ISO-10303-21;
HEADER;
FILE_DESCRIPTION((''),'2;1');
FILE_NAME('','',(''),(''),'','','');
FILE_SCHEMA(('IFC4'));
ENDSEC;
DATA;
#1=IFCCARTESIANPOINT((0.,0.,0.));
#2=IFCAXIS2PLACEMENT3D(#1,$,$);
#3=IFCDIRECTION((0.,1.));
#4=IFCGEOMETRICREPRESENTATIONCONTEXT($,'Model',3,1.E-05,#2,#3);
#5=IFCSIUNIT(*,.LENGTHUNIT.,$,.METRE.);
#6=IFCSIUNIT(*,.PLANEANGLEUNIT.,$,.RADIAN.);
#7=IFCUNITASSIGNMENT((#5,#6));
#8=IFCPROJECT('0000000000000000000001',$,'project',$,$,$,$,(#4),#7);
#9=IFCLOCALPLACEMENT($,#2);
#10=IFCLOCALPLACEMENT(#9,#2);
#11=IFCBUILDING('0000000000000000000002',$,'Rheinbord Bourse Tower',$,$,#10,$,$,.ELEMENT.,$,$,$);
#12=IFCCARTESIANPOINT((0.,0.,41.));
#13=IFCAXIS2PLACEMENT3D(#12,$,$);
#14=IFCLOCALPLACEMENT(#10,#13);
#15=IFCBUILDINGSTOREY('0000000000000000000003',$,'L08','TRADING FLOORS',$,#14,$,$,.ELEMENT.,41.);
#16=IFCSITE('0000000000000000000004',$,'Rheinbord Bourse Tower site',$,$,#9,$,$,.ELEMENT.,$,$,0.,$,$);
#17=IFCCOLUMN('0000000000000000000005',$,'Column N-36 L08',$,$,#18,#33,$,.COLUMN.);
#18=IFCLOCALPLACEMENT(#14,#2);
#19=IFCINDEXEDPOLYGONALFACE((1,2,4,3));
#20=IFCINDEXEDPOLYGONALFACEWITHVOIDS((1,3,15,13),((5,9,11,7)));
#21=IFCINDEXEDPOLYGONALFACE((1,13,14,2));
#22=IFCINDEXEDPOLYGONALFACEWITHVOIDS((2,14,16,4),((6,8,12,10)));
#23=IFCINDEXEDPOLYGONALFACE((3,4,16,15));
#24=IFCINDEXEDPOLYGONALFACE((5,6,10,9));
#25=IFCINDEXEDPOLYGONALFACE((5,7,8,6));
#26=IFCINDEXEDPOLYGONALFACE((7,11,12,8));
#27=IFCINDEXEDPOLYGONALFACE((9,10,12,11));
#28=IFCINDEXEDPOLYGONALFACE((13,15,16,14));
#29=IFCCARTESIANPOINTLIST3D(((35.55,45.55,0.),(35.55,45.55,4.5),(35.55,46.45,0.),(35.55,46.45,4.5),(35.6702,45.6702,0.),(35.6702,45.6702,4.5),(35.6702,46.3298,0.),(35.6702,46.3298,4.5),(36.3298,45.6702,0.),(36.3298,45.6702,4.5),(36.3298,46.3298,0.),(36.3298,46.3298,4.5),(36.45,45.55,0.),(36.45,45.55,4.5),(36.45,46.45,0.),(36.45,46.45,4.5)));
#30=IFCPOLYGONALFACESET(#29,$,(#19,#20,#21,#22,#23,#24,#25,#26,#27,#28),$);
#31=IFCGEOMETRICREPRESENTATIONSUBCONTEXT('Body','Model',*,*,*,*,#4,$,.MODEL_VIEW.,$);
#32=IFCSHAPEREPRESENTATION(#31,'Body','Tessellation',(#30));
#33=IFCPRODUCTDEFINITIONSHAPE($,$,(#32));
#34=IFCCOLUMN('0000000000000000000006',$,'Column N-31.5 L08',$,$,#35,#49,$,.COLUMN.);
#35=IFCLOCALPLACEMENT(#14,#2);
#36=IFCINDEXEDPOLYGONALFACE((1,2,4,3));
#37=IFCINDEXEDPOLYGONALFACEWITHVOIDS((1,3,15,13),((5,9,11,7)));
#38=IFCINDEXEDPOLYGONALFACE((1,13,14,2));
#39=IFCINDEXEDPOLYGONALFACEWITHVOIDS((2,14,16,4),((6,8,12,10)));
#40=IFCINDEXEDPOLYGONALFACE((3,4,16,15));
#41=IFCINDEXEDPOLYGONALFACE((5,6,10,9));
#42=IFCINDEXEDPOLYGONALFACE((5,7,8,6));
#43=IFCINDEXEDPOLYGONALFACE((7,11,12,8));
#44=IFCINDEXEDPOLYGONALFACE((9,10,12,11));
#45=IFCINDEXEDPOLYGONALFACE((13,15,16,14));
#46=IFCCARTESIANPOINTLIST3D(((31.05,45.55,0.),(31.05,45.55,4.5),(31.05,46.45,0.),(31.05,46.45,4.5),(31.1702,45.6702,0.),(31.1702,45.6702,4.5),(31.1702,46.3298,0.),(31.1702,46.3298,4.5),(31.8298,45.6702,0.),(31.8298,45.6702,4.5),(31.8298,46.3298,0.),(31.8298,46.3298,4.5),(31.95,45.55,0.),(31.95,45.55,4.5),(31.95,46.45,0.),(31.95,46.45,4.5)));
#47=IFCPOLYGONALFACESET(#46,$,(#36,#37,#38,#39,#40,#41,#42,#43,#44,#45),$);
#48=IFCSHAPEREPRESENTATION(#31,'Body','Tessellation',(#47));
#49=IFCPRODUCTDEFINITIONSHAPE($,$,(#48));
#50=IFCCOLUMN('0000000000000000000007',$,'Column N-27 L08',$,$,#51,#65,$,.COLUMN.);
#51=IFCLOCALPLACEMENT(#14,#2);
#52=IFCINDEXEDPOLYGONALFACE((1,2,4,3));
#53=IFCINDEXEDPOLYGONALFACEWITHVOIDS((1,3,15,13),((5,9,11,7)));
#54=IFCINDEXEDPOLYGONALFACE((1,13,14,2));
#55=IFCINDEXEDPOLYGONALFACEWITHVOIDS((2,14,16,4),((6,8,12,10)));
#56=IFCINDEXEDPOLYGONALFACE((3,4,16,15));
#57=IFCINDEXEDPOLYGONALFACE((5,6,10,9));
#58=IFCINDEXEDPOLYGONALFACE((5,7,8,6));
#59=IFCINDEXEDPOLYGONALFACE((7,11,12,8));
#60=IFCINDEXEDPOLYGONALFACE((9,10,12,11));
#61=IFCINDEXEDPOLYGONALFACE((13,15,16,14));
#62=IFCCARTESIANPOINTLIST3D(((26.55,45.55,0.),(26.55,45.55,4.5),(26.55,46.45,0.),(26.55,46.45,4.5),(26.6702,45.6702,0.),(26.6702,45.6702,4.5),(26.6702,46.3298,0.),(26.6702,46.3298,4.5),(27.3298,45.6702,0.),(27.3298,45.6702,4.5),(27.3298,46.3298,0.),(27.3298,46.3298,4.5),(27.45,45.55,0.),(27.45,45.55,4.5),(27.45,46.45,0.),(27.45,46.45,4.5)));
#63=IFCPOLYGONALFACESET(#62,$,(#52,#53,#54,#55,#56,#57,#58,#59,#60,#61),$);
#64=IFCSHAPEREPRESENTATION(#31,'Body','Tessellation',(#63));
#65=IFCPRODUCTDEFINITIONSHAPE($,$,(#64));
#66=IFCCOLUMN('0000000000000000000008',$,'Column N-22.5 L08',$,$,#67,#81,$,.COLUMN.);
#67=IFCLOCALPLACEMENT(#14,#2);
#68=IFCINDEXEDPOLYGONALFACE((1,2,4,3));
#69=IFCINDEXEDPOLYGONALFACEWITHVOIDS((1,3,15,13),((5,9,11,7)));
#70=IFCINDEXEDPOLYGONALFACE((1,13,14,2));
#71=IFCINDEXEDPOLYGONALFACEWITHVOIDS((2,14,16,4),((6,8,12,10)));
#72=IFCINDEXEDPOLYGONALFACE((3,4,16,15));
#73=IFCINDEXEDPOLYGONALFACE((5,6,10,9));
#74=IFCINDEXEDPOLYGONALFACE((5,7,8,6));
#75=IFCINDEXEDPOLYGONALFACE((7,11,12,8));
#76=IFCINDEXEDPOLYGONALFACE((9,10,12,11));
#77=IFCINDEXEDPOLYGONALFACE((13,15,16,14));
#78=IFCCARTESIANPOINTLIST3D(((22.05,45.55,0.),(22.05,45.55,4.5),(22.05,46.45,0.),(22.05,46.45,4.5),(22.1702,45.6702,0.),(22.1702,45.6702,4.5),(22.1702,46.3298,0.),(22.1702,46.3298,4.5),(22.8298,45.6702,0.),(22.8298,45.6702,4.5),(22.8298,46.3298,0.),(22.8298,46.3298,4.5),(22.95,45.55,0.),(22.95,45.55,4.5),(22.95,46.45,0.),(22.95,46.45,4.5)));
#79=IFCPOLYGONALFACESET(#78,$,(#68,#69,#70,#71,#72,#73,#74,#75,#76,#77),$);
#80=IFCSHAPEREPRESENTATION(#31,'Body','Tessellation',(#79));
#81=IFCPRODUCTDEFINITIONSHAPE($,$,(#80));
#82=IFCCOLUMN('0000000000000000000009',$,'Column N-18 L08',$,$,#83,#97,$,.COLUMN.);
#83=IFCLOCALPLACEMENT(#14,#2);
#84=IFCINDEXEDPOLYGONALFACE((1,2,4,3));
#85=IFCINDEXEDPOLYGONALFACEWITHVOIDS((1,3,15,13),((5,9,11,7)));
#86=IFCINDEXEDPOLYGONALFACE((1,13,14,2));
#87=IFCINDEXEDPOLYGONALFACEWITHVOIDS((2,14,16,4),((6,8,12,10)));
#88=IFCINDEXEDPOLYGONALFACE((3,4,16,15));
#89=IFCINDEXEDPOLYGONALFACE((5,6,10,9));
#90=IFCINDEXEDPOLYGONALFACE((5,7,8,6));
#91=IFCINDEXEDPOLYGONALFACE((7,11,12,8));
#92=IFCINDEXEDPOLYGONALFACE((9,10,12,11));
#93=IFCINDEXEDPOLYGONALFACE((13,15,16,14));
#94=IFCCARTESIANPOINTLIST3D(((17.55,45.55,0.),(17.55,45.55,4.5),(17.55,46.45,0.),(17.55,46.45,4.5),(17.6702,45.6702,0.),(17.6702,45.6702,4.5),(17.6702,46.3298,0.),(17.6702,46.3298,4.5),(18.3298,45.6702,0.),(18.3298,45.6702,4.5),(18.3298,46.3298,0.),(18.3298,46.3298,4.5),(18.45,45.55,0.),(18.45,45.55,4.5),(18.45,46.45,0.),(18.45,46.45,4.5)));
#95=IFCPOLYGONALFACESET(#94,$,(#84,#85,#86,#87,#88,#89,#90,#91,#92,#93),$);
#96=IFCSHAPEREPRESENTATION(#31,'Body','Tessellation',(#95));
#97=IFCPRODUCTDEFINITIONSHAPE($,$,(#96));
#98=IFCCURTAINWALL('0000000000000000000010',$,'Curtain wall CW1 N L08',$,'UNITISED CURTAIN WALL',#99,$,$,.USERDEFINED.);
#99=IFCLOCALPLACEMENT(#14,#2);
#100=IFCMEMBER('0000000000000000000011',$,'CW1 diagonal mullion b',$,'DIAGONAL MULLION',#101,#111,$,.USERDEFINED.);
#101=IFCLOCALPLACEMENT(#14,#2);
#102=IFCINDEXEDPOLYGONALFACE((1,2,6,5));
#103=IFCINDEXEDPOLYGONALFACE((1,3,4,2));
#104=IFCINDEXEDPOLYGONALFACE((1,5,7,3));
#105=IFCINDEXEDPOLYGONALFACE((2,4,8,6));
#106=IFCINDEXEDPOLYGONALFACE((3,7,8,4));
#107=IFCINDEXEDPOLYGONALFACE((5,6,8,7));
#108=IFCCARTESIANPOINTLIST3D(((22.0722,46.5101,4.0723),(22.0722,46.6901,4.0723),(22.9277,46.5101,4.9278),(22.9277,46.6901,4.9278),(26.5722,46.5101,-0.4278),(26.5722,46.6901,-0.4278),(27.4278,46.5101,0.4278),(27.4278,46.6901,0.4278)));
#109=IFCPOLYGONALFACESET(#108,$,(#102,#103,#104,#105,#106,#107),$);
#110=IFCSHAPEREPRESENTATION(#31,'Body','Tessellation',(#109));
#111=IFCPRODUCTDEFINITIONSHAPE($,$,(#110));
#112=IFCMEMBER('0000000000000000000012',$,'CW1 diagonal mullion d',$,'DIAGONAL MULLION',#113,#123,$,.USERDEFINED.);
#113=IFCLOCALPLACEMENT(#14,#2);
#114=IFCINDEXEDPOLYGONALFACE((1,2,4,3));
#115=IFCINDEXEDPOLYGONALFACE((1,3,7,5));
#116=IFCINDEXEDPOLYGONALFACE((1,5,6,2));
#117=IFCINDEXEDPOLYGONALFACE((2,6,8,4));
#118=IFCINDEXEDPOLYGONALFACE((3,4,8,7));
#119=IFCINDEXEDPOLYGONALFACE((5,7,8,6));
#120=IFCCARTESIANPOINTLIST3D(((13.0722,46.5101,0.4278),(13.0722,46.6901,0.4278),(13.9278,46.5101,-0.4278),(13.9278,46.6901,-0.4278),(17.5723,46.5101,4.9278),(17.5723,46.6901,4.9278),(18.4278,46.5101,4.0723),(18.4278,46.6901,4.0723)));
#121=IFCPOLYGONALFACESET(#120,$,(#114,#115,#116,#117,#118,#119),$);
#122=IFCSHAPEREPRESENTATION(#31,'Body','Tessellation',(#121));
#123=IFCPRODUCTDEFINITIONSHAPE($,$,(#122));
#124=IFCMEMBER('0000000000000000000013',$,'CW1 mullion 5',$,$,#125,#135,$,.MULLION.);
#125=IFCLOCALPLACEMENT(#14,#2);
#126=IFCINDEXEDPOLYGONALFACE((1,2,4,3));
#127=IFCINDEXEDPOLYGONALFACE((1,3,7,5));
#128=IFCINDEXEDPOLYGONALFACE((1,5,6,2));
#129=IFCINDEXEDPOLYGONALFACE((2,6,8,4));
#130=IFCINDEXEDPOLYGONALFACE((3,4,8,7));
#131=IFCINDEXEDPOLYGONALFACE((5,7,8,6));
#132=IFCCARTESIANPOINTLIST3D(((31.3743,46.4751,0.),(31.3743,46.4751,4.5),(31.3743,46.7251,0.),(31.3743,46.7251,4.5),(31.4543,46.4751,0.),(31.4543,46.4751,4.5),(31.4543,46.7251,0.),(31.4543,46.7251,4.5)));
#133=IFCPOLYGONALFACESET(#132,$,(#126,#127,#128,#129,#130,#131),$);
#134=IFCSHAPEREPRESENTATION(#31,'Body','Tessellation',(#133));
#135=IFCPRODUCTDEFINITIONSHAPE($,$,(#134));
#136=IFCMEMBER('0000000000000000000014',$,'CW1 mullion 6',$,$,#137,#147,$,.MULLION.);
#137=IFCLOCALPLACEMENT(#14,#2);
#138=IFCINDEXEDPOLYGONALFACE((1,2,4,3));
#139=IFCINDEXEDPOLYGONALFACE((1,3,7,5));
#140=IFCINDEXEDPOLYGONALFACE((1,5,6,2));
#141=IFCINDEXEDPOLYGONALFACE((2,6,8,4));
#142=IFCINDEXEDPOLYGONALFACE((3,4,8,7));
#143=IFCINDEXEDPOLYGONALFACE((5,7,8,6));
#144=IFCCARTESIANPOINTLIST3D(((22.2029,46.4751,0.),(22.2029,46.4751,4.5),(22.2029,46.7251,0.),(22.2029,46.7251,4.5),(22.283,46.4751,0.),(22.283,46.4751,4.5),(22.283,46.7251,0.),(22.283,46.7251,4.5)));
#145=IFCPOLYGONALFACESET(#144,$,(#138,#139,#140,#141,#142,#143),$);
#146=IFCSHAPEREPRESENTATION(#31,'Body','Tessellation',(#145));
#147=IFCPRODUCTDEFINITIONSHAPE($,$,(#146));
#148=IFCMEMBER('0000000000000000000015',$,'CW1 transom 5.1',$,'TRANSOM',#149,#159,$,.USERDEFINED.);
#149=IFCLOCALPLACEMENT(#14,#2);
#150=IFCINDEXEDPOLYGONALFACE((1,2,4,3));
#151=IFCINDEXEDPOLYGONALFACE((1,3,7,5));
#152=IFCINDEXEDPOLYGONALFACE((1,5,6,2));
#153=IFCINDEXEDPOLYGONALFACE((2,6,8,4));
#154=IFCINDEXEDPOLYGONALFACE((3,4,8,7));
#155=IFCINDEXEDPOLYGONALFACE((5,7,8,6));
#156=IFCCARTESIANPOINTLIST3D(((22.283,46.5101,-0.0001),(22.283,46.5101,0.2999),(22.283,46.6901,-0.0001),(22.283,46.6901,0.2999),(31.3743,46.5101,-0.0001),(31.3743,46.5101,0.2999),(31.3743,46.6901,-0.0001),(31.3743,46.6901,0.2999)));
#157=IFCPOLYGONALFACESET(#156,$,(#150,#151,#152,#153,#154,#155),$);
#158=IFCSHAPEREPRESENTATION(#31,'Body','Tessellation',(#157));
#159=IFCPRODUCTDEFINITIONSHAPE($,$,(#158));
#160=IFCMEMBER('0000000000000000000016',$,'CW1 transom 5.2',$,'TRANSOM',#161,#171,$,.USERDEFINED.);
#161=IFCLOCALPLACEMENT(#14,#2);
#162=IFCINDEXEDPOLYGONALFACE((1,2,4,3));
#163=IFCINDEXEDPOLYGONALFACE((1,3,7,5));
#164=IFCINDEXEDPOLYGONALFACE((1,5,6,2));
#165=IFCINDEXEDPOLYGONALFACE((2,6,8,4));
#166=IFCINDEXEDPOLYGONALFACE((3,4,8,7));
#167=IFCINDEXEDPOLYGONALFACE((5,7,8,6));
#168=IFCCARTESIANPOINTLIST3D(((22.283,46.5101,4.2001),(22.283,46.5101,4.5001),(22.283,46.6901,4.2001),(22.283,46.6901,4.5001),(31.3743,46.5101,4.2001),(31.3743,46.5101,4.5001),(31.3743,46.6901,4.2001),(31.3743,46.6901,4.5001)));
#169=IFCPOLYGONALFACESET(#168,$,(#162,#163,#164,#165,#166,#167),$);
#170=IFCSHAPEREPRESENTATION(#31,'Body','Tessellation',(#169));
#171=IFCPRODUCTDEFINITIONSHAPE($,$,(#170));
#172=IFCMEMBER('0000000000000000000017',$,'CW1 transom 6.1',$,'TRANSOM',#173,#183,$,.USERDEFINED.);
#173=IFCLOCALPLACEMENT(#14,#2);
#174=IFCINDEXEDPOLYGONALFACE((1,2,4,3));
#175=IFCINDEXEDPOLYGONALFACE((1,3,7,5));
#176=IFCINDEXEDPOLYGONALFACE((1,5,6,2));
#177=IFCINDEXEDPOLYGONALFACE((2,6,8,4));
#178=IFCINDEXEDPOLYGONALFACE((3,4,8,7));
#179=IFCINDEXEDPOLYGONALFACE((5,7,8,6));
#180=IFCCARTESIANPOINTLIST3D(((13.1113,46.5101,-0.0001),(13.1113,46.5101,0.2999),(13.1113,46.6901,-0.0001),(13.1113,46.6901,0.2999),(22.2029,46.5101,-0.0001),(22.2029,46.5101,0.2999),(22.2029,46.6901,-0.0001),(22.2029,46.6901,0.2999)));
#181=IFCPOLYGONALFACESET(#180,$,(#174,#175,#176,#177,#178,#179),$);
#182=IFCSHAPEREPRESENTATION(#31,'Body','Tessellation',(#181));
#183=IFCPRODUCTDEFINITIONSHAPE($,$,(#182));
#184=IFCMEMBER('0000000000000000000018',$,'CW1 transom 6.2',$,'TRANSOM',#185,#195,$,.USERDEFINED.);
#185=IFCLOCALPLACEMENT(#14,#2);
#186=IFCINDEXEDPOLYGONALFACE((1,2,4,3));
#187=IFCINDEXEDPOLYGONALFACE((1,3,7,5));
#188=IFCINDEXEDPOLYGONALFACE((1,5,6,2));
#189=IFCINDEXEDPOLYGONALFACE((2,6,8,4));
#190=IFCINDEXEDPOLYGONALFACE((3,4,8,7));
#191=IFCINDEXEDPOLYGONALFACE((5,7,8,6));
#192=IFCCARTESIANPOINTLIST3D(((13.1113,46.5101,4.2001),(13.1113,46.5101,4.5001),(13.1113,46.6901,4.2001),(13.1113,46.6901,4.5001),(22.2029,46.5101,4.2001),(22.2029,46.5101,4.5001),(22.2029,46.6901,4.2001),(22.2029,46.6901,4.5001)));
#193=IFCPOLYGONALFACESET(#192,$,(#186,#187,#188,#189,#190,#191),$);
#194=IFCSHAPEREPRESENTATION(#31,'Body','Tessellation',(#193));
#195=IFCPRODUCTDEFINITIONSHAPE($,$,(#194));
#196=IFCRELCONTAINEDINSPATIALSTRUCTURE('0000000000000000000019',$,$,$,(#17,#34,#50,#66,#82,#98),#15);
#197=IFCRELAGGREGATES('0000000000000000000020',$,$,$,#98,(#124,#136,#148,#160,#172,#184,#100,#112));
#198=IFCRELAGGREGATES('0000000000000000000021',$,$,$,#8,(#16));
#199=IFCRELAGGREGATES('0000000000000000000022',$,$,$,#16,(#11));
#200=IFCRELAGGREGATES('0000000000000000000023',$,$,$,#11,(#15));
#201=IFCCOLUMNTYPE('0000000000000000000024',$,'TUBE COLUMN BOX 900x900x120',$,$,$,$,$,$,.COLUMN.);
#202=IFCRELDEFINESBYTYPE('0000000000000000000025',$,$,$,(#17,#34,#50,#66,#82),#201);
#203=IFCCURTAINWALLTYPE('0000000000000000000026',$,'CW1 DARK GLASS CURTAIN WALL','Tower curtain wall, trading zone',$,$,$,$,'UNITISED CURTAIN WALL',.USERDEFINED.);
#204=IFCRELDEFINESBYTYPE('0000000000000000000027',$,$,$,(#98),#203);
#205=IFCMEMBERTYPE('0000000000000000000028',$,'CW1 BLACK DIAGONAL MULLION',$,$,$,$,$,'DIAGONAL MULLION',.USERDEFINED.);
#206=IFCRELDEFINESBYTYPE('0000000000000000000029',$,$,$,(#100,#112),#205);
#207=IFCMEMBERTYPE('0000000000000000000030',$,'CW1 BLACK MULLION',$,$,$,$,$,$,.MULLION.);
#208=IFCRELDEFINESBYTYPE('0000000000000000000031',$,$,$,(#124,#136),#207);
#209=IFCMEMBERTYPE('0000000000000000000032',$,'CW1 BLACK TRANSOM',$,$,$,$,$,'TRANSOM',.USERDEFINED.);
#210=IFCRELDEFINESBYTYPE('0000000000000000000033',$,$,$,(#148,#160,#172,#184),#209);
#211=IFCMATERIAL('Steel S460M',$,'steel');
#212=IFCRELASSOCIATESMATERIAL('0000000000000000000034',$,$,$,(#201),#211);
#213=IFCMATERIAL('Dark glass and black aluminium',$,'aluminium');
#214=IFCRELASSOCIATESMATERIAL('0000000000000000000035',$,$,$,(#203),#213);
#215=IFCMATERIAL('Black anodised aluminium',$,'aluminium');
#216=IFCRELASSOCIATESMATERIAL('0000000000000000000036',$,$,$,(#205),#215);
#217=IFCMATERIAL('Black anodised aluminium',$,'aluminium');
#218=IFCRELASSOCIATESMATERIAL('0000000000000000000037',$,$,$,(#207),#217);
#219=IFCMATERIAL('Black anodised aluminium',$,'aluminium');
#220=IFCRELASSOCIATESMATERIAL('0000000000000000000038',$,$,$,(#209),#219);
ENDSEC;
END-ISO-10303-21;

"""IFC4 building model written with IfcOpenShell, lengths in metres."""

from ifc_helpers import new_model, si_unit, direction, frame, origin, origin_2d, place, context, subcontext, project, spatial, rectangle, hollow_rectangle, extrude, material, material_profile, profile_set, type_object, element, aggregate, save


model = new_model("IFC4")

# Units and contexts
model_context = context("Model", 3, precision=1e-05, world=origin(), true_north=direction((0.0, 1.0)))
body_context = subcontext(model_context, "Body", "Model", "MODEL_VIEW")
ifc_project = project(units=[si_unit("LENGTHUNIT", "METRE"), si_unit("PLANEANGLEUNIT", "RADIAN")], contexts=[model_context])

# Site, building, storey
site_placement = place(None, origin())
site = spatial("IfcSite", under=ifc_project, at=site_placement, Name="Rheinbord Bourse Tower site", CompositionType="ELEMENT", RefElevation=0.0)
building_placement = place(site_placement, origin())
building = spatial("IfcBuilding", under=site, at=building_placement, Name="Rheinbord Bourse Tower", CompositionType="ELEMENT")
storey_placement = place(building_placement, frame((0.0, 0.0, 41.0)))
storey = spatial("IfcBuildingStorey", under=building, at=storey_placement, Name="L08", Description="TRADING FLOORS", CompositionType="ELEMENT", Elevation=41.0)

# Columns
ifc_material_1 = material(Name="Steel S460M", Category="steel")
ifc_material_profile_1 = material_profile(ifc_material_1, hollow_rectangle(XDim=0.8999, YDim=0.8999, WallThickness=0.1201, at=origin_2d()), Name="BOX 900x900x120")
ifc_profile_set_1 = profile_set([ifc_material_profile_1], Name="Steel S460M")
column_type = type_object("IfcColumnType", Name="TUBE COLUMN BOX 900x900x120", PredefinedType="COLUMN", material=ifc_profile_set_1)
for number, where, z_axis, x_axis, name in (
    (1, (36.0, 46.0, 0.0), (0.0, 0.0, 1.0), (0.0, 1.0, 0.0), "Column N-36 L08"),
    (2, (31.5, 46.0, 0.0), (0.0, 0.0, 1.0), (0.0, 1.0, 0.0), "Column N-31.5 L08"),
    (3, (27.0, 46.0, 0.0), (0.0, 0.0, 1.0), (0.0, 1.0, 0.0), "Column N-27 L08"),
    (4, (22.5, 46.0, 0.0), (0.0, 0.0, 1.0), (0.0, 1.0, 0.0), "Column N-22.5 L08"),
    (5, (18.0, 46.0, 0.0), (0.0, 0.0, 1.0), (0.0, 1.0, 0.0), "Column N-18 L08"),
):
    element("IfcColumn", number, at=place(storey_placement, frame(where, z_axis=z_axis, x_axis=x_axis)), inside=storey, type_object=column_type, Name=name, PredefinedType="COLUMN", context=body_context, shape_type="SweptSolid", body=[
        extrude(hollow_rectangle(XDim=0.8999, YDim=0.8999, WallThickness=0.1201, at=origin_2d()), origin(), (0.0, 0.0, 1.0), 4.5),
    ])

# Curtain wall, members
ifc_material_2 = material(Name="Dark glass and black aluminium", Category="aluminium")
curtain_wall_type = type_object("IfcCurtainWallType", Name="CW1 DARK GLASS CURTAIN WALL", Description="Tower curtain wall, trading zone", ElementType="UNITISED CURTAIN WALL", PredefinedType="USERDEFINED", material=ifc_material_2)
curtain_wall_placement = place(storey_placement, origin())
curtain_wall = element("IfcCurtainWall", 6, at=curtain_wall_placement, inside=storey, type_object=curtain_wall_type, Name="Curtain wall CW1 N L08", ObjectType="UNITISED CURTAIN WALL", PredefinedType="USERDEFINED")
ifc_material_3 = material(Name="Black anodised aluminium", Category="aluminium")
ifc_material_profile_2 = material_profile(ifc_material_3, rectangle(XDim=0.1799, YDim=1.21, at=origin_2d()), Name="CW1 DIAGONAL MULLION 1210x180")
ifc_profile_set_2 = profile_set([ifc_material_profile_2], Name="Black anodised aluminium")
member_type_1 = type_object("IfcMemberType", Name="CW1 BLACK DIAGONAL MULLION", ElementType="DIAGONAL MULLION", PredefinedType="USERDEFINED", material=ifc_profile_set_2)
member_1_placement = place(storey_placement, frame((27.0, 46.6001, 0.0), z_axis=(-0.707107, 0.0, 0.707107), x_axis=(0.0, -1.0, 0.0)))
member_1 = element("IfcMember", 7, at=member_1_placement, type_object=member_type_1, Name="CW1 diagonal mullion b", ObjectType="DIAGONAL MULLION", PredefinedType="USERDEFINED", context=body_context, shape_type="SweptSolid", body=[
    extrude(rectangle(XDim=0.1799, YDim=1.21, at=origin_2d()), origin(), (0.0, 0.0, 1.0), 6.364),
])
member_2_placement = place(storey_placement, frame((13.5, 46.6001, 0.0), z_axis=(0.707107, 0.0, 0.707107), x_axis=(0.0, 1.0, 0.0)))
member_2 = element("IfcMember", 8, at=member_2_placement, type_object=member_type_1, Name="CW1 diagonal mullion d", ObjectType="DIAGONAL MULLION", PredefinedType="USERDEFINED", context=body_context, shape_type="SweptSolid", body=[
    extrude(rectangle(XDim=0.1799, YDim=1.21, at=origin_2d()), origin(), (0.0, 0.0, 1.0), 6.364),
])
ifc_material_4 = material(Name="Black anodised aluminium", Category="aluminium")
ifc_material_profile_3 = material_profile(ifc_material_4, rectangle(XDim=0.25, YDim=0.0801, at=origin_2d()), Name="CW1 MULLION 80x250")
ifc_profile_set_3 = profile_set([ifc_material_profile_3], Name="Black anodised aluminium")
member_type_2 = type_object("IfcMemberType", Name="CW1 BLACK MULLION", PredefinedType="MULLION", material=ifc_profile_set_3)
member_3_placement = place(storey_placement, frame((31.4143, 46.6001, 0.0), z_axis=(0.0, 0.0, 1.0), x_axis=(0.0, -1.0, 0.0)))
member_3 = element("IfcMember", 9, at=member_3_placement, type_object=member_type_2, Name="CW1 mullion 5", PredefinedType="MULLION", context=body_context, shape_type="SweptSolid", body=[
    extrude(rectangle(XDim=0.25, YDim=0.0801, at=origin_2d()), origin(), (0.0, 0.0, 1.0), 4.5),
])
member_4_placement = place(storey_placement, frame((22.2429, 46.6001, 0.0), z_axis=(0.0, 0.0, 1.0), x_axis=(0.0, -1.0, 0.0)))
member_4 = element("IfcMember", 10, at=member_4_placement, type_object=member_type_2, Name="CW1 mullion 6", PredefinedType="MULLION", context=body_context, shape_type="SweptSolid", body=[
    extrude(rectangle(XDim=0.25, YDim=0.0801, at=origin_2d()), origin(), (0.0, 0.0, 1.0), 4.5),
])
ifc_material_5 = material(Name="Black anodised aluminium", Category="aluminium")
ifc_material_profile_4 = material_profile(ifc_material_5, rectangle(XDim=0.1799, YDim=0.3, at=origin_2d()), Name="CW1 TRANSOM 300x180")
ifc_profile_set_4 = profile_set([ifc_material_profile_4], Name="Black anodised aluminium")
member_type_3 = type_object("IfcMemberType", Name="CW1 BLACK TRANSOM", ElementType="TRANSOM", PredefinedType="USERDEFINED", material=ifc_profile_set_4)
member_5_placement = place(storey_placement, frame((31.3743, 46.6001, 0.1499), z_axis=(-1.0, 0.0, 0.0), x_axis=(0.0, -1.0, 0.0)))
member_5 = element("IfcMember", 11, at=member_5_placement, type_object=member_type_3, Name="CW1 transom 5.1", ObjectType="TRANSOM", PredefinedType="USERDEFINED", context=body_context, shape_type="SweptSolid", body=[
    extrude(rectangle(XDim=0.1799, YDim=0.3, at=origin_2d()), origin(), (0.0, 0.0, 1.0), 9.0913),
])
member_6_placement = place(storey_placement, frame((31.3743, 46.6001, 4.3501), z_axis=(-1.0, 0.0, 0.0), x_axis=(0.0, -1.0, 0.0)))
member_6 = element("IfcMember", 12, at=member_6_placement, type_object=member_type_3, Name="CW1 transom 5.2", ObjectType="TRANSOM", PredefinedType="USERDEFINED", context=body_context, shape_type="SweptSolid", body=[
    extrude(rectangle(XDim=0.1799, YDim=0.3, at=origin_2d()), origin(), (0.0, 0.0, 1.0), 9.0913),
])
member_7_placement = place(storey_placement, frame((22.2029, 46.6001, 0.1499), z_axis=(-1.0, 0.0, 0.0), x_axis=(0.0, -1.0, 0.0)))
member_7 = element("IfcMember", 13, at=member_7_placement, type_object=member_type_3, Name="CW1 transom 6.1", ObjectType="TRANSOM", PredefinedType="USERDEFINED", context=body_context, shape_type="SweptSolid", body=[
    extrude(rectangle(XDim=0.1799, YDim=0.3, at=origin_2d()), origin(), (0.0, 0.0, 1.0), 9.0916),
])
member_8_placement = place(storey_placement, frame((22.2029, 46.6001, 4.3501), z_axis=(-1.0, 0.0, 0.0), x_axis=(0.0, -1.0, 0.0)))
member_8 = element("IfcMember", 14, at=member_8_placement, type_object=member_type_3, Name="CW1 transom 6.2", ObjectType="TRANSOM", PredefinedType="USERDEFINED", context=body_context, shape_type="SweptSolid", body=[
    extrude(rectangle(XDim=0.1799, YDim=0.3, at=origin_2d()), origin(), (0.0, 0.0, 1.0), 9.0916),
])

aggregate(curtain_wall, [member_3, member_4, member_5, member_6, member_7, member_8, member_1, member_2])

save(model, "model.ifc")
